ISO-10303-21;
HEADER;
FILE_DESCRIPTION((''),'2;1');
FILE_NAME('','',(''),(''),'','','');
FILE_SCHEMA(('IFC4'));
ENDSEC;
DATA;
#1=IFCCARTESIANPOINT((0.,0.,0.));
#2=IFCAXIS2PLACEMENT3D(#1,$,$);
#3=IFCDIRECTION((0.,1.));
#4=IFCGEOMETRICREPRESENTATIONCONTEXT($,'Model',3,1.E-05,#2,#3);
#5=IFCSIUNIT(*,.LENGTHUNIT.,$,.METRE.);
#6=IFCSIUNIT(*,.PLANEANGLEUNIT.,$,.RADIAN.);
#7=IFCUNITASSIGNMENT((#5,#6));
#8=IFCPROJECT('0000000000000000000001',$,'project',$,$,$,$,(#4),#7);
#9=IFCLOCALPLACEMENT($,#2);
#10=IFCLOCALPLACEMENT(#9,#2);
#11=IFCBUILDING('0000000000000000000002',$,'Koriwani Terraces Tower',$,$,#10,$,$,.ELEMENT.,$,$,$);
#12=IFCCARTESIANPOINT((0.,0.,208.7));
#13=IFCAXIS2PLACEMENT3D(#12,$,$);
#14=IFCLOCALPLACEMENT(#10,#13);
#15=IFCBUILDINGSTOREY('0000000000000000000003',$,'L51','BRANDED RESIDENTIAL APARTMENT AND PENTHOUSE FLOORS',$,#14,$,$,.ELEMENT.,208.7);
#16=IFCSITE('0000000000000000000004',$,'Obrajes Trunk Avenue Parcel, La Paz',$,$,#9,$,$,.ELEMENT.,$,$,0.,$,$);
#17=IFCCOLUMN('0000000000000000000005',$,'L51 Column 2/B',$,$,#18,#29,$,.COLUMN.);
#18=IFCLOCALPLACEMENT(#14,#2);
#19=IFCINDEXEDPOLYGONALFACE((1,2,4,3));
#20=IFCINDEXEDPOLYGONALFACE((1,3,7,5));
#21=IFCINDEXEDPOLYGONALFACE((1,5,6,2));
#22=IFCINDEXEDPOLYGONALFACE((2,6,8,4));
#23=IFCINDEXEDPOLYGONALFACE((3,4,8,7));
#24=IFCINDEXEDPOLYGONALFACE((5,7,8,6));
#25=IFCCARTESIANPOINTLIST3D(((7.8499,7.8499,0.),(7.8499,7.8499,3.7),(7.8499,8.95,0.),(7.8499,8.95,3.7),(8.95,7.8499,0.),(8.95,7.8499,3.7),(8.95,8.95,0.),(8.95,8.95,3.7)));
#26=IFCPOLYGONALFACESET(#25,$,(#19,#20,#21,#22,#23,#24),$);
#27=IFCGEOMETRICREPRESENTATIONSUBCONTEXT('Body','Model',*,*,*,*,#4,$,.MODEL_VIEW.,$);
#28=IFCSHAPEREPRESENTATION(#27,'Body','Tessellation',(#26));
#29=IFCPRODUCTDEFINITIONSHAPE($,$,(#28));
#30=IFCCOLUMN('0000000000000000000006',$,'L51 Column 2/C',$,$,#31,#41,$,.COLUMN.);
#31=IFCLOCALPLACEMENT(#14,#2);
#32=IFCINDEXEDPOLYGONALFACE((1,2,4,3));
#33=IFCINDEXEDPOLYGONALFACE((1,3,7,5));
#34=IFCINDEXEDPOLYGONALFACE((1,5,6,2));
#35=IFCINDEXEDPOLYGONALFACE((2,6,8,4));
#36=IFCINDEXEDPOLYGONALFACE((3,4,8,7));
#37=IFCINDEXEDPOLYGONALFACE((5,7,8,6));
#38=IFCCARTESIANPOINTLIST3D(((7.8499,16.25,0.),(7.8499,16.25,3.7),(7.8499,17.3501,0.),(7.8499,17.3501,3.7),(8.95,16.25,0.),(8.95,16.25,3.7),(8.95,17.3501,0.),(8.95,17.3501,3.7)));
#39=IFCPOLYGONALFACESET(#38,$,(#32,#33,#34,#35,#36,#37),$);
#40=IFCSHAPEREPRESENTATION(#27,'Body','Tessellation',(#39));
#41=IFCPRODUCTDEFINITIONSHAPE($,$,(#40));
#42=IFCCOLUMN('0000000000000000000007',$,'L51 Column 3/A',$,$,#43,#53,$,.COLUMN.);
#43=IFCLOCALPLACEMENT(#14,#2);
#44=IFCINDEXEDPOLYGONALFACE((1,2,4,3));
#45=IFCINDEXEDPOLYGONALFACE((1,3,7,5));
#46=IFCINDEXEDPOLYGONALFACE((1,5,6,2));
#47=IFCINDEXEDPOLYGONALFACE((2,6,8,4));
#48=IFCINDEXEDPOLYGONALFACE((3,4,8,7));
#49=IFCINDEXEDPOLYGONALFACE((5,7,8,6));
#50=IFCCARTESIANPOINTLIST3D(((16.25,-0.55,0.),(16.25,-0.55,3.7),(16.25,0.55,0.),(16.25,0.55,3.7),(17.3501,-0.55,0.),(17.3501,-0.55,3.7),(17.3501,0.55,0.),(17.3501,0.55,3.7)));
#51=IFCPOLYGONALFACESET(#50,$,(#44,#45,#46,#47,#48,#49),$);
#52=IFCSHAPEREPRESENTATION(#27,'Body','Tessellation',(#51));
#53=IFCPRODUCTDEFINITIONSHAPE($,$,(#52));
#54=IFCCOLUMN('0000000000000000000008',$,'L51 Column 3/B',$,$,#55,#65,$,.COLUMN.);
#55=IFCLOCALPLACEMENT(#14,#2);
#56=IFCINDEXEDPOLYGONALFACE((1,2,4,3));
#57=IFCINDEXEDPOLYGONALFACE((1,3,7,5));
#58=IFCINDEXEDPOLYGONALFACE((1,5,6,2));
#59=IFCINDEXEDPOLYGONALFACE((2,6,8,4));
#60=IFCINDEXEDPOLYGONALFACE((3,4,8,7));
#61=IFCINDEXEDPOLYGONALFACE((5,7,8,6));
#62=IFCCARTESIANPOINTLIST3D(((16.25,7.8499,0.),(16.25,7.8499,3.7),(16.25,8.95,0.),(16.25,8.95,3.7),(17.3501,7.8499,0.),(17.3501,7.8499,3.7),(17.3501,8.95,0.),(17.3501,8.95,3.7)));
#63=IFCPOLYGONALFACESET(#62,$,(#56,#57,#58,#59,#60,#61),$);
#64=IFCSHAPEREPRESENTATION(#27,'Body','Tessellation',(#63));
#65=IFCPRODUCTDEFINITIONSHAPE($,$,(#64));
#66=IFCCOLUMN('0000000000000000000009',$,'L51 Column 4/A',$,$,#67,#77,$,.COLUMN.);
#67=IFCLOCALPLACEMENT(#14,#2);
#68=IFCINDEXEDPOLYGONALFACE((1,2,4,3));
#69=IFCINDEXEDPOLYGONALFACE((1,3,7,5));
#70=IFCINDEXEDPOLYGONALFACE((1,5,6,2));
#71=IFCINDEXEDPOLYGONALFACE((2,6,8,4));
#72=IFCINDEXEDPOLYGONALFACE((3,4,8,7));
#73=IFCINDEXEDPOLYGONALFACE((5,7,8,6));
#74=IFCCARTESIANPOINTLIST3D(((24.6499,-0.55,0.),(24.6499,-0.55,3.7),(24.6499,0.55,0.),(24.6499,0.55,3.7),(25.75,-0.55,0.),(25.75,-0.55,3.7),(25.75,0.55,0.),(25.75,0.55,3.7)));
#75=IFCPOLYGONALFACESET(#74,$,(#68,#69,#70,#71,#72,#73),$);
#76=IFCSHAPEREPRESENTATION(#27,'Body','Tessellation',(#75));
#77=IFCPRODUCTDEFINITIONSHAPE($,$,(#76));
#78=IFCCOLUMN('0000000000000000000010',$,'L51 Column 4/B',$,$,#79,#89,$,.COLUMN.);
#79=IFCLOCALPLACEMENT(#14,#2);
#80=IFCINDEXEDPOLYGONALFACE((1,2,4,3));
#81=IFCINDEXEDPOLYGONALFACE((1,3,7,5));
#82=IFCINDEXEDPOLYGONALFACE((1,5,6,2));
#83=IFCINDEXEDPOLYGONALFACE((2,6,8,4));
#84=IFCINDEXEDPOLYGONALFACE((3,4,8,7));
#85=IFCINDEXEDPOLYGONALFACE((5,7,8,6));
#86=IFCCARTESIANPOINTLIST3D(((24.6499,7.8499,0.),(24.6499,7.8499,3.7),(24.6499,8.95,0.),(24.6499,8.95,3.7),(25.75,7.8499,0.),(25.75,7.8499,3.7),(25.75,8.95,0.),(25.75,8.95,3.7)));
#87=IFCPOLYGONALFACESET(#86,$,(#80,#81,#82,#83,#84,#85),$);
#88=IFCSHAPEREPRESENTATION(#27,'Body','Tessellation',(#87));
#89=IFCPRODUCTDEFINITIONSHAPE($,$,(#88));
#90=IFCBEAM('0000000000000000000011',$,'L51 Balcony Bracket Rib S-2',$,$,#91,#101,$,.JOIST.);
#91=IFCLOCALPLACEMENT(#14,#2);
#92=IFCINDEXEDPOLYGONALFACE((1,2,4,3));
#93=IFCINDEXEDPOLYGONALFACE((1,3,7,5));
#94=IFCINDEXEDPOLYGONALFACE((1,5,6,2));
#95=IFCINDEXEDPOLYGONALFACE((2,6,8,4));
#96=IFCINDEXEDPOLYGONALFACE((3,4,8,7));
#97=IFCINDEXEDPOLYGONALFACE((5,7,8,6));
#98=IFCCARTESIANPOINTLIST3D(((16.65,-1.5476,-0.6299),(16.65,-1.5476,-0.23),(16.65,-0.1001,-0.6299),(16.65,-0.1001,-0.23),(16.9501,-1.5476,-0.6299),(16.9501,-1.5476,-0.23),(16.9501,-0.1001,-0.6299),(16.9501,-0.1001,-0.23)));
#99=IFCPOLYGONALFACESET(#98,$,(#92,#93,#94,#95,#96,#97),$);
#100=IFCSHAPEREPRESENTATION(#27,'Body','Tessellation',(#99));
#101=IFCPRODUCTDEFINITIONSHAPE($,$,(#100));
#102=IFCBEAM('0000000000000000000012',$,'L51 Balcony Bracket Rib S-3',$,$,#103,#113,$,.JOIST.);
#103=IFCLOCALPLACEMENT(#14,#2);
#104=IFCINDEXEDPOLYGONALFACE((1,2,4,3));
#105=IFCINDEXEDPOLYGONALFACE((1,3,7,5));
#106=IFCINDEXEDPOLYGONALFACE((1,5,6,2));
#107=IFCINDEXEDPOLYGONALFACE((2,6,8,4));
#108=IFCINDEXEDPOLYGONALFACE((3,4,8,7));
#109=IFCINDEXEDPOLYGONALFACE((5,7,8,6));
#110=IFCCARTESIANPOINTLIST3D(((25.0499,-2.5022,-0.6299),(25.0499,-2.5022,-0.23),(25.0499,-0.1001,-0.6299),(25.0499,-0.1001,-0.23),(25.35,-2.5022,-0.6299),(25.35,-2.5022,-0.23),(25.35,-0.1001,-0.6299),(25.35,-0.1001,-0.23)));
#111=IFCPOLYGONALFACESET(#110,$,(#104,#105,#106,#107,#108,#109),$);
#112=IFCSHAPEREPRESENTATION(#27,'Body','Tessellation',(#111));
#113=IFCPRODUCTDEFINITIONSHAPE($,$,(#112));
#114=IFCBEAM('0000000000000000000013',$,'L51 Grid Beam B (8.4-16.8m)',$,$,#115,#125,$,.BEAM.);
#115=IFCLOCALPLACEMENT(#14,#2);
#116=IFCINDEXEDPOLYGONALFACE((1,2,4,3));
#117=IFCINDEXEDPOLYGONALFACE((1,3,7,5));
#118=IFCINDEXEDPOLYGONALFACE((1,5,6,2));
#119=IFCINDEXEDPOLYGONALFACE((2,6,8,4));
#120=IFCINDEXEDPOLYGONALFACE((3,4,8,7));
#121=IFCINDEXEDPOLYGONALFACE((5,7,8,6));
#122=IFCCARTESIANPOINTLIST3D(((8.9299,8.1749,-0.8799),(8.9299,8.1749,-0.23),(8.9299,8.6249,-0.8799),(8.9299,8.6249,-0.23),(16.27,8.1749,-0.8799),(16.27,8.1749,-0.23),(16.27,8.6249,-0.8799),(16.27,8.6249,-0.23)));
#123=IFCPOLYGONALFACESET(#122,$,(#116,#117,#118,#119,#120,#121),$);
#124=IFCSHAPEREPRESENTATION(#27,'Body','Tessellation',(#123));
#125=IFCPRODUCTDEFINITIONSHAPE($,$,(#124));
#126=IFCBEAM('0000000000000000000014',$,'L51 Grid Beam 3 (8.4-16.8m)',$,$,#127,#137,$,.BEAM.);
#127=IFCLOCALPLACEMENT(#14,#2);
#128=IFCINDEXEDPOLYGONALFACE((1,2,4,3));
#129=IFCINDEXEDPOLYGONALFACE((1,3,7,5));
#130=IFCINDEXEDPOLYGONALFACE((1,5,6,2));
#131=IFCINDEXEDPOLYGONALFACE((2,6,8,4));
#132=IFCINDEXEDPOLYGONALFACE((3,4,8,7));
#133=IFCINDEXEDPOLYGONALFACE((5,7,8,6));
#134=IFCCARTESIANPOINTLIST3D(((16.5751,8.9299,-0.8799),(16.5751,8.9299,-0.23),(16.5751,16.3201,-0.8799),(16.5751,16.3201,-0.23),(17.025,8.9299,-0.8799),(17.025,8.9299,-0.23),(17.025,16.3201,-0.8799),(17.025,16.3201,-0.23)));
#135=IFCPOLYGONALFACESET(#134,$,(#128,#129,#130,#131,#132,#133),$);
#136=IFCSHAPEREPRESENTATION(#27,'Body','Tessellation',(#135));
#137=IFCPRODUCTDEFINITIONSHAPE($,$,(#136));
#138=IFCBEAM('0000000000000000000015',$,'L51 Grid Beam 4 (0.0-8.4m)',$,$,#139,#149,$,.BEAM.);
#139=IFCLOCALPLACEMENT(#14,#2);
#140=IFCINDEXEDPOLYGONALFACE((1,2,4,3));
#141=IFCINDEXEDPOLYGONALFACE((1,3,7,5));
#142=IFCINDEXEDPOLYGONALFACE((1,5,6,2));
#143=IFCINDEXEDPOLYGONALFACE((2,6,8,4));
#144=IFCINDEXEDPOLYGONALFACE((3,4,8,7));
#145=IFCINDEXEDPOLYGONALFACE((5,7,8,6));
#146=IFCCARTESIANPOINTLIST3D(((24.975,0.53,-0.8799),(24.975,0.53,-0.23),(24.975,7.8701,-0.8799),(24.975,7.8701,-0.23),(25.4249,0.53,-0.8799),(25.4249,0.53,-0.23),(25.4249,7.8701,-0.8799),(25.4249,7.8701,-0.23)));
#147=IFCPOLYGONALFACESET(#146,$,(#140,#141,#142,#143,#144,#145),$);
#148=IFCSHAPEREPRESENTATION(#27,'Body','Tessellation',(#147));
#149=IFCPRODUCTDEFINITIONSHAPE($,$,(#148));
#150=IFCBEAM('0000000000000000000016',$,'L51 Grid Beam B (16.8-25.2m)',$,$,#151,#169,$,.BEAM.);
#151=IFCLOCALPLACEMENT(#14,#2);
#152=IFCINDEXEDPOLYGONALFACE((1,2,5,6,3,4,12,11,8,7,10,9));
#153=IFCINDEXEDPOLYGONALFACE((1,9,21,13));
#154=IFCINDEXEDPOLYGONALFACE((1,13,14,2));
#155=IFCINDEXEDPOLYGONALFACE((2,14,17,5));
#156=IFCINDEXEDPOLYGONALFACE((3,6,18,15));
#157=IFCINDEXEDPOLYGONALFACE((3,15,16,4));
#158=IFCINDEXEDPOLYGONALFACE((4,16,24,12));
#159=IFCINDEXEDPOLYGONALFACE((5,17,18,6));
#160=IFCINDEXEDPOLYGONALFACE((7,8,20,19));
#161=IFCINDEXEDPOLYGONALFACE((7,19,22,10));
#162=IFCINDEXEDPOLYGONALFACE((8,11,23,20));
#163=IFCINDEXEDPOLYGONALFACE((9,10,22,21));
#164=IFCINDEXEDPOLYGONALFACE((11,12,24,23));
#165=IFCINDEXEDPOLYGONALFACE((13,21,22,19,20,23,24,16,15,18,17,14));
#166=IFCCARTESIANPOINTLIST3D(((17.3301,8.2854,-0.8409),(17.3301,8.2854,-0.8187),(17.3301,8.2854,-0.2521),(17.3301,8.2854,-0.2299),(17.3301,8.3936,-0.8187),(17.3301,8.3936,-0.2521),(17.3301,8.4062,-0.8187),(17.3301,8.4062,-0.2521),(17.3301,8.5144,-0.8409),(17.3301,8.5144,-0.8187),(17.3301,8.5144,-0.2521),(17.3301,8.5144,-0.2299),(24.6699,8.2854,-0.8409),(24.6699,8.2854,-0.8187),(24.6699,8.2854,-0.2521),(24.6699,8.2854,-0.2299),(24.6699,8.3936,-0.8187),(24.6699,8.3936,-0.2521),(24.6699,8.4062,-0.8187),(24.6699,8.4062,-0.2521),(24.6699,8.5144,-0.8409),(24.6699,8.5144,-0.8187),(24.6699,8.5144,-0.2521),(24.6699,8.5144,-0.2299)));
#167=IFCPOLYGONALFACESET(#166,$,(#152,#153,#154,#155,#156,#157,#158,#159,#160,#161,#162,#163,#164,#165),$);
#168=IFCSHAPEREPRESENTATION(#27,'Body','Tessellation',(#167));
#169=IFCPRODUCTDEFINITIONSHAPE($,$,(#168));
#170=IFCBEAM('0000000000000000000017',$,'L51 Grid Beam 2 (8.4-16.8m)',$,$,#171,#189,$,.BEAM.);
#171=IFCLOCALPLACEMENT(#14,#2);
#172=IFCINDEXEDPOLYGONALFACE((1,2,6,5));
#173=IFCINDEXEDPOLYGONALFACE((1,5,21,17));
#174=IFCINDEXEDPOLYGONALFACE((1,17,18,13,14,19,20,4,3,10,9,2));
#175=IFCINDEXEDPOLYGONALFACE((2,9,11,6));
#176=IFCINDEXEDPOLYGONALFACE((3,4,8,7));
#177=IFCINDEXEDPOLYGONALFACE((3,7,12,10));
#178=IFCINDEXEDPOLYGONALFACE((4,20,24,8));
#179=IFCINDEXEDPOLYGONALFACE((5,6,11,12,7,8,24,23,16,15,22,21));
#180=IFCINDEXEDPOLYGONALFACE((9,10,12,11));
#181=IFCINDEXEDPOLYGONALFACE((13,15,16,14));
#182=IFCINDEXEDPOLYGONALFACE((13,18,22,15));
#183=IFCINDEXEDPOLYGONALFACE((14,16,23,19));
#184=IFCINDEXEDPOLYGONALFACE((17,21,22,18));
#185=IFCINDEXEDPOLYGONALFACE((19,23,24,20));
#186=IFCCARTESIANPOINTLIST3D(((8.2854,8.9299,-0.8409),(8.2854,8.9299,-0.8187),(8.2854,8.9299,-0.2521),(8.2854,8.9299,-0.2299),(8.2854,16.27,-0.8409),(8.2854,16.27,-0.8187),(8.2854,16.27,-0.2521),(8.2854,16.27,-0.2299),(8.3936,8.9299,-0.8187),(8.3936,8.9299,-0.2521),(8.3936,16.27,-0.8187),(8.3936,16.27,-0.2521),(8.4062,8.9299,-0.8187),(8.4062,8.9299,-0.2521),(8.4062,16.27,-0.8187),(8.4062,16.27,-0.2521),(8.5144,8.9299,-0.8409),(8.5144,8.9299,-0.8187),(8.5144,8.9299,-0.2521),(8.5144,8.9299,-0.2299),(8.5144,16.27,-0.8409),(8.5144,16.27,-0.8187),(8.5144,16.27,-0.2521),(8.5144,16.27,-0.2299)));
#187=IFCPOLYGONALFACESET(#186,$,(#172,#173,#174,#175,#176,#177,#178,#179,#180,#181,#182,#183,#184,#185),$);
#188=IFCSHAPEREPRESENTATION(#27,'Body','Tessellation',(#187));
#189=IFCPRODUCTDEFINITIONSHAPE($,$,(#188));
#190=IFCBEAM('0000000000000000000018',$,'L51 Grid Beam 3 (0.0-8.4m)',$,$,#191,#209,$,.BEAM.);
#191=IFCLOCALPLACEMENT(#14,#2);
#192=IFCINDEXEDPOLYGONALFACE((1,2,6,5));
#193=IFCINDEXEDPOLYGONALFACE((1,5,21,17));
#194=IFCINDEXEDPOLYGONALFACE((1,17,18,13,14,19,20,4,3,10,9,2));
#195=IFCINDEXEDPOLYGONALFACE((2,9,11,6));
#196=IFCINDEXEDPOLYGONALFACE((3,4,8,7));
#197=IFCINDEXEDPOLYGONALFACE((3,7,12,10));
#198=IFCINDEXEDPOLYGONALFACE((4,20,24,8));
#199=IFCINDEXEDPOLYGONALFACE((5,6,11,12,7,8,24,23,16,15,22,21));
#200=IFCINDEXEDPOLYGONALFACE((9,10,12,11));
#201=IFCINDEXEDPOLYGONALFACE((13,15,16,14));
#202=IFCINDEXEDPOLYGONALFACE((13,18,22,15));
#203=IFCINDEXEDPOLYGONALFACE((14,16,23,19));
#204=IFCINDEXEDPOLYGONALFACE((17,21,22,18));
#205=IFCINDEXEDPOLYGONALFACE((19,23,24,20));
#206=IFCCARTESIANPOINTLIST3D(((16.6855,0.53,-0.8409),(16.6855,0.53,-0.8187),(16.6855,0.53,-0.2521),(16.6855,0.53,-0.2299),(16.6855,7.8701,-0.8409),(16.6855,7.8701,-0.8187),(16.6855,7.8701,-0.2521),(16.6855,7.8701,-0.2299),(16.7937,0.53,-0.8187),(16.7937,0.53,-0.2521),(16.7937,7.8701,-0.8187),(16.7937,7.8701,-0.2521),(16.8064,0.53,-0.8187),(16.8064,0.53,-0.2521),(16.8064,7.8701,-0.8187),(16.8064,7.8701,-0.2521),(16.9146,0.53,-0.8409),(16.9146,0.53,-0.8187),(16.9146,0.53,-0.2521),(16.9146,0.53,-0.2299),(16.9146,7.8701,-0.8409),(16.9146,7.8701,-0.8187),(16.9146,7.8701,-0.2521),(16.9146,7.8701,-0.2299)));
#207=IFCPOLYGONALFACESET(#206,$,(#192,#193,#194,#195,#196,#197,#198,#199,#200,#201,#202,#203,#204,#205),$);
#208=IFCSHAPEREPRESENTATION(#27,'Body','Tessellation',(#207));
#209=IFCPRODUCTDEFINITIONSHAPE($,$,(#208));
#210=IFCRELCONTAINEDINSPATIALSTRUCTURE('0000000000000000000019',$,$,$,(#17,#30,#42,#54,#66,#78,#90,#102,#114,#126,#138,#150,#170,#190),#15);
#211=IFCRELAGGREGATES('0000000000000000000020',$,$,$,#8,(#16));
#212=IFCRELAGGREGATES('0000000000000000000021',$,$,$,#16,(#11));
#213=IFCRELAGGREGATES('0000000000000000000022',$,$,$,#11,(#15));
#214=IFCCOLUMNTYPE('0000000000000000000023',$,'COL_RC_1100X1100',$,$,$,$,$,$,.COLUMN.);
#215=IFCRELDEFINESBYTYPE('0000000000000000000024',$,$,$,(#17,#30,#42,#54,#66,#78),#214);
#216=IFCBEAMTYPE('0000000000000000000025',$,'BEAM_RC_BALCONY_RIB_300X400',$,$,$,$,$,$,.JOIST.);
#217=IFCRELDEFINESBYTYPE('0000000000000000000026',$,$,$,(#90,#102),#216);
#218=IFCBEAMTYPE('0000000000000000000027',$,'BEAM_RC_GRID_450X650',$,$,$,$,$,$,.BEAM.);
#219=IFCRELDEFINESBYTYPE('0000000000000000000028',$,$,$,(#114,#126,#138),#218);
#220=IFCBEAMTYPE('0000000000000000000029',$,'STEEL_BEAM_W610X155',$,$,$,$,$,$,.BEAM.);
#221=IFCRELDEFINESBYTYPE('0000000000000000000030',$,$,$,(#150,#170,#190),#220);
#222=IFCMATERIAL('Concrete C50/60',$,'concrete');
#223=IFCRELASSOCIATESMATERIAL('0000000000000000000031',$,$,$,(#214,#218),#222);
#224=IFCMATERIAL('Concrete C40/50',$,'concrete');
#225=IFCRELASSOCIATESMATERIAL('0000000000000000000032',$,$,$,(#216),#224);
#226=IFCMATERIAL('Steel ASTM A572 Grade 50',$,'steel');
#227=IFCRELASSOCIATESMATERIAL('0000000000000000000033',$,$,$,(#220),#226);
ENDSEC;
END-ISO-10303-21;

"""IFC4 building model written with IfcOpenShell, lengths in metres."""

from ifc_helpers import new_model, si_unit, direction, frame, origin, origin_2d, place, context, subcontext, project, spatial, rectangle, i_section, extrude, material, material_profile, profile_set, type_object, element, save


model = new_model("IFC4")

# Units and contexts
model_context = context("Model", 3, precision=1e-05, world=origin(), true_north=direction((0.0, 1.0)))
body_context = subcontext(model_context, "Body", "Model", "MODEL_VIEW")
ifc_project = project(units=[si_unit("LENGTHUNIT", "METRE"), si_unit("PLANEANGLEUNIT", "RADIAN")], contexts=[model_context])

# Site, building, storey
site_placement = place(None, origin())
site = spatial("IfcSite", under=ifc_project, at=site_placement, Name="Obrajes Trunk Avenue Parcel, La Paz", CompositionType="ELEMENT", RefElevation=0.0)
building_placement = place(site_placement, origin())
building = spatial("IfcBuilding", under=site, at=building_placement, Name="Koriwani Terraces Tower", CompositionType="ELEMENT")
storey_placement = place(building_placement, frame((0.0, 0.0, 208.7)))
storey = spatial("IfcBuildingStorey", under=building, at=storey_placement, Name="L51", Description="BRANDED RESIDENTIAL APARTMENT AND PENTHOUSE FLOORS", CompositionType="ELEMENT", Elevation=208.7)

# Columns
ifc_material_1 = material(Name="Concrete C50/60", Category="concrete")
ifc_material_profile_1 = material_profile(ifc_material_1, rectangle(XDim=1.1001, YDim=1.1001, at=origin_2d()), Name="Concrete C50/60", Category="LoadBearing")
ifc_profile_set_1 = profile_set([ifc_material_profile_1], Name="Concrete C50/60")
column_type = type_object("IfcColumnType", Name="COL_RC_1100X1100", PredefinedType="COLUMN", material=ifc_profile_set_1)
for number, where, z_axis, x_axis, name in (
    (1, (8.3999, 8.3999, 0.0), (0.0, 0.0, 1.0), (1.0, 0.0, 0.0), "L51 Column 2/B"),
    (2, (8.3999, 16.8, 0.0), (0.0, 0.0, 1.0), (1.0, 0.0, 0.0), "L51 Column 2/C"),
    (3, (16.8, 0.0, 0.0), (0.0, 0.0, 1.0), (1.0, 0.0, 0.0), "L51 Column 3/A"),
    (4, (16.8, 8.3999, 0.0), (0.0, 0.0, 1.0), (1.0, 0.0, 0.0), "L51 Column 3/B"),
    (5, (25.2, 0.0, 0.0), (0.0, 0.0, 1.0), (1.0, 0.0, 0.0), "L51 Column 4/A"),
    (6, (25.2, 8.3999, 0.0), (0.0, 0.0, 1.0), (1.0, 0.0, 0.0), "L51 Column 4/B"),
):
    element("IfcColumn", number, at=place(storey_placement, frame(where, z_axis=z_axis, x_axis=x_axis)), inside=storey, type_object=column_type, Name=name, PredefinedType="COLUMN", context=body_context, shape_type="SweptSolid", body=[
        extrude(rectangle(XDim=1.1001, YDim=1.1001, at=origin_2d()), origin(), (0.0, 0.0, 1.0), 3.7),
    ])

# Beams
ifc_material_2 = material(Name="Concrete C40/50", Category="concrete")
ifc_material_profile_2 = material_profile(ifc_material_2, rectangle(XDim=0.3, YDim=0.3999, at=origin_2d()), Name="Concrete C40/50", Category="LoadBearing")
ifc_profile_set_2 = profile_set([ifc_material_profile_2], Name="Concrete C40/50")
beam_type_1 = type_object("IfcBeamType", Name="BEAM_RC_BALCONY_RIB_300X400", PredefinedType="JOIST", material=ifc_profile_set_2)
beam_1_placement = place(storey_placement, frame((16.8, -1.5476, -0.4299), z_axis=(0.0, 1.0, 0.0), x_axis=(-1.0, 0.0, 0.0)))
element("IfcBeam", 7, at=beam_1_placement, inside=storey, type_object=beam_type_1, Name="L51 Balcony Bracket Rib S-2", PredefinedType="JOIST", context=body_context, shape_type="SweptSolid", body=[
    extrude(rectangle(XDim=0.3, YDim=0.3999, at=origin_2d()), origin(), (0.0, 0.0, 1.0), 1.4475),
])
beam_2_placement = place(storey_placement, frame((25.2, -2.5022, -0.4299), z_axis=(0.0, 1.0, 0.0), x_axis=(-1.0, 0.0, 0.0)))
element("IfcBeam", 8, at=beam_2_placement, inside=storey, type_object=beam_type_1, Name="L51 Balcony Bracket Rib S-3", PredefinedType="JOIST", context=body_context, shape_type="SweptSolid", body=[
    extrude(rectangle(XDim=0.3, YDim=0.3999, at=origin_2d()), origin(), (0.0, 0.0, 1.0), 2.4021),
])
ifc_material_profile_3 = material_profile(ifc_material_1, rectangle(XDim=0.45, YDim=0.6499, at=origin_2d()), Name="Concrete C50/60", Category="LoadBearing")
ifc_profile_set_3 = profile_set([ifc_material_profile_3], Name="Concrete C50/60")
beam_type_2 = type_object("IfcBeamType", Name="BEAM_RC_GRID_450X650", PredefinedType="BEAM", material=ifc_profile_set_3)
beam_3_placement = place(storey_placement, frame((8.9299, 8.3999, -0.5549), z_axis=(1.0, 0.0, 0.0), x_axis=(0.0, 1.0, 0.0)))
element("IfcBeam", 9, at=beam_3_placement, inside=storey, type_object=beam_type_2, Name="L51 Grid Beam B (8.4-16.8m)", PredefinedType="BEAM", context=body_context, shape_type="SweptSolid", body=[
    extrude(rectangle(XDim=0.45, YDim=0.6499, at=origin_2d()), origin(), (0.0, 0.0, 1.0), 7.3401),
])
beam_4_placement = place(storey_placement, frame((16.8, 8.9299, -0.5549), z_axis=(0.0, 1.0, 0.0), x_axis=(-1.0, 0.0, 0.0)))
element("IfcBeam", 10, at=beam_4_placement, inside=storey, type_object=beam_type_2, Name="L51 Grid Beam 3 (8.4-16.8m)", PredefinedType="BEAM", context=body_context, shape_type="SweptSolid", body=[
    extrude(rectangle(XDim=0.45, YDim=0.6499, at=origin_2d()), origin(), (0.0, 0.0, 1.0), 7.3901),
])
beam_5_placement = place(storey_placement, frame((25.2, 0.53, -0.5549), z_axis=(0.0, 1.0, 0.0), x_axis=(-1.0, 0.0, 0.0)))
element("IfcBeam", 11, at=beam_5_placement, inside=storey, type_object=beam_type_2, Name="L51 Grid Beam 4 (0.0-8.4m)", PredefinedType="BEAM", context=body_context, shape_type="SweptSolid", body=[
    extrude(rectangle(XDim=0.45, YDim=0.6499, at=origin_2d()), origin(), (0.0, 0.0, 1.0), 7.3401),
])
ifc_material_3 = material(Name="Steel ASTM A572 Grade 50", Category="steel")
ifc_material_profile_4 = material_profile(ifc_material_3, i_section(OverallWidth=0.229, OverallDepth=0.6111, WebThickness=0.0127, FlangeThickness=0.0222, at=origin_2d()), Name="Steel ASTM A572 Grade 50", Category="LoadBearing")
ifc_profile_set_4 = profile_set([ifc_material_profile_4], Name="Steel ASTM A572 Grade 50")
beam_type_3 = type_object("IfcBeamType", Name="STEEL_BEAM_W610X155", PredefinedType="BEAM", material=ifc_profile_set_4)
beam_6_placement = place(storey_placement, frame((17.3301, 8.3999, -0.5354), z_axis=(1.0, 0.0, 0.0), x_axis=(0.0, 1.0, 0.0)))
element("IfcBeam", 12, at=beam_6_placement, inside=storey, type_object=beam_type_3, Name="L51 Grid Beam B (16.8-25.2m)", PredefinedType="BEAM", context=body_context, shape_type="SweptSolid", body=[
    extrude(i_section(OverallWidth=0.229, OverallDepth=0.6111, WebThickness=0.0127, FlangeThickness=0.0222, at=origin_2d()), origin(), (0.0, 0.0, 1.0), 7.3398),
])
for number, where, z_axis, x_axis, name in (
    (13, (8.3999, 8.9299, -0.5354), (0.0, 1.0, 0.0), (-1.0, 0.0, 0.0), "L51 Grid Beam 2 (8.4-16.8m)"),
    (14, (16.8, 0.53, -0.5354), (0.0, 1.0, 0.0), (-1.0, 0.0, 0.0), "L51 Grid Beam 3 (0.0-8.4m)"),
):
    element("IfcBeam", number, at=place(storey_placement, frame(where, z_axis=z_axis, x_axis=x_axis)), inside=storey, type_object=beam_type_3, Name=name, PredefinedType="BEAM", context=body_context, shape_type="SweptSolid", body=[
        extrude(i_section(OverallWidth=0.229, OverallDepth=0.6111, WebThickness=0.0127, FlangeThickness=0.0222, at=origin_2d()), origin(), (0.0, 0.0, 1.0), 7.3401),
    ])

save(model, "model.ifc")
